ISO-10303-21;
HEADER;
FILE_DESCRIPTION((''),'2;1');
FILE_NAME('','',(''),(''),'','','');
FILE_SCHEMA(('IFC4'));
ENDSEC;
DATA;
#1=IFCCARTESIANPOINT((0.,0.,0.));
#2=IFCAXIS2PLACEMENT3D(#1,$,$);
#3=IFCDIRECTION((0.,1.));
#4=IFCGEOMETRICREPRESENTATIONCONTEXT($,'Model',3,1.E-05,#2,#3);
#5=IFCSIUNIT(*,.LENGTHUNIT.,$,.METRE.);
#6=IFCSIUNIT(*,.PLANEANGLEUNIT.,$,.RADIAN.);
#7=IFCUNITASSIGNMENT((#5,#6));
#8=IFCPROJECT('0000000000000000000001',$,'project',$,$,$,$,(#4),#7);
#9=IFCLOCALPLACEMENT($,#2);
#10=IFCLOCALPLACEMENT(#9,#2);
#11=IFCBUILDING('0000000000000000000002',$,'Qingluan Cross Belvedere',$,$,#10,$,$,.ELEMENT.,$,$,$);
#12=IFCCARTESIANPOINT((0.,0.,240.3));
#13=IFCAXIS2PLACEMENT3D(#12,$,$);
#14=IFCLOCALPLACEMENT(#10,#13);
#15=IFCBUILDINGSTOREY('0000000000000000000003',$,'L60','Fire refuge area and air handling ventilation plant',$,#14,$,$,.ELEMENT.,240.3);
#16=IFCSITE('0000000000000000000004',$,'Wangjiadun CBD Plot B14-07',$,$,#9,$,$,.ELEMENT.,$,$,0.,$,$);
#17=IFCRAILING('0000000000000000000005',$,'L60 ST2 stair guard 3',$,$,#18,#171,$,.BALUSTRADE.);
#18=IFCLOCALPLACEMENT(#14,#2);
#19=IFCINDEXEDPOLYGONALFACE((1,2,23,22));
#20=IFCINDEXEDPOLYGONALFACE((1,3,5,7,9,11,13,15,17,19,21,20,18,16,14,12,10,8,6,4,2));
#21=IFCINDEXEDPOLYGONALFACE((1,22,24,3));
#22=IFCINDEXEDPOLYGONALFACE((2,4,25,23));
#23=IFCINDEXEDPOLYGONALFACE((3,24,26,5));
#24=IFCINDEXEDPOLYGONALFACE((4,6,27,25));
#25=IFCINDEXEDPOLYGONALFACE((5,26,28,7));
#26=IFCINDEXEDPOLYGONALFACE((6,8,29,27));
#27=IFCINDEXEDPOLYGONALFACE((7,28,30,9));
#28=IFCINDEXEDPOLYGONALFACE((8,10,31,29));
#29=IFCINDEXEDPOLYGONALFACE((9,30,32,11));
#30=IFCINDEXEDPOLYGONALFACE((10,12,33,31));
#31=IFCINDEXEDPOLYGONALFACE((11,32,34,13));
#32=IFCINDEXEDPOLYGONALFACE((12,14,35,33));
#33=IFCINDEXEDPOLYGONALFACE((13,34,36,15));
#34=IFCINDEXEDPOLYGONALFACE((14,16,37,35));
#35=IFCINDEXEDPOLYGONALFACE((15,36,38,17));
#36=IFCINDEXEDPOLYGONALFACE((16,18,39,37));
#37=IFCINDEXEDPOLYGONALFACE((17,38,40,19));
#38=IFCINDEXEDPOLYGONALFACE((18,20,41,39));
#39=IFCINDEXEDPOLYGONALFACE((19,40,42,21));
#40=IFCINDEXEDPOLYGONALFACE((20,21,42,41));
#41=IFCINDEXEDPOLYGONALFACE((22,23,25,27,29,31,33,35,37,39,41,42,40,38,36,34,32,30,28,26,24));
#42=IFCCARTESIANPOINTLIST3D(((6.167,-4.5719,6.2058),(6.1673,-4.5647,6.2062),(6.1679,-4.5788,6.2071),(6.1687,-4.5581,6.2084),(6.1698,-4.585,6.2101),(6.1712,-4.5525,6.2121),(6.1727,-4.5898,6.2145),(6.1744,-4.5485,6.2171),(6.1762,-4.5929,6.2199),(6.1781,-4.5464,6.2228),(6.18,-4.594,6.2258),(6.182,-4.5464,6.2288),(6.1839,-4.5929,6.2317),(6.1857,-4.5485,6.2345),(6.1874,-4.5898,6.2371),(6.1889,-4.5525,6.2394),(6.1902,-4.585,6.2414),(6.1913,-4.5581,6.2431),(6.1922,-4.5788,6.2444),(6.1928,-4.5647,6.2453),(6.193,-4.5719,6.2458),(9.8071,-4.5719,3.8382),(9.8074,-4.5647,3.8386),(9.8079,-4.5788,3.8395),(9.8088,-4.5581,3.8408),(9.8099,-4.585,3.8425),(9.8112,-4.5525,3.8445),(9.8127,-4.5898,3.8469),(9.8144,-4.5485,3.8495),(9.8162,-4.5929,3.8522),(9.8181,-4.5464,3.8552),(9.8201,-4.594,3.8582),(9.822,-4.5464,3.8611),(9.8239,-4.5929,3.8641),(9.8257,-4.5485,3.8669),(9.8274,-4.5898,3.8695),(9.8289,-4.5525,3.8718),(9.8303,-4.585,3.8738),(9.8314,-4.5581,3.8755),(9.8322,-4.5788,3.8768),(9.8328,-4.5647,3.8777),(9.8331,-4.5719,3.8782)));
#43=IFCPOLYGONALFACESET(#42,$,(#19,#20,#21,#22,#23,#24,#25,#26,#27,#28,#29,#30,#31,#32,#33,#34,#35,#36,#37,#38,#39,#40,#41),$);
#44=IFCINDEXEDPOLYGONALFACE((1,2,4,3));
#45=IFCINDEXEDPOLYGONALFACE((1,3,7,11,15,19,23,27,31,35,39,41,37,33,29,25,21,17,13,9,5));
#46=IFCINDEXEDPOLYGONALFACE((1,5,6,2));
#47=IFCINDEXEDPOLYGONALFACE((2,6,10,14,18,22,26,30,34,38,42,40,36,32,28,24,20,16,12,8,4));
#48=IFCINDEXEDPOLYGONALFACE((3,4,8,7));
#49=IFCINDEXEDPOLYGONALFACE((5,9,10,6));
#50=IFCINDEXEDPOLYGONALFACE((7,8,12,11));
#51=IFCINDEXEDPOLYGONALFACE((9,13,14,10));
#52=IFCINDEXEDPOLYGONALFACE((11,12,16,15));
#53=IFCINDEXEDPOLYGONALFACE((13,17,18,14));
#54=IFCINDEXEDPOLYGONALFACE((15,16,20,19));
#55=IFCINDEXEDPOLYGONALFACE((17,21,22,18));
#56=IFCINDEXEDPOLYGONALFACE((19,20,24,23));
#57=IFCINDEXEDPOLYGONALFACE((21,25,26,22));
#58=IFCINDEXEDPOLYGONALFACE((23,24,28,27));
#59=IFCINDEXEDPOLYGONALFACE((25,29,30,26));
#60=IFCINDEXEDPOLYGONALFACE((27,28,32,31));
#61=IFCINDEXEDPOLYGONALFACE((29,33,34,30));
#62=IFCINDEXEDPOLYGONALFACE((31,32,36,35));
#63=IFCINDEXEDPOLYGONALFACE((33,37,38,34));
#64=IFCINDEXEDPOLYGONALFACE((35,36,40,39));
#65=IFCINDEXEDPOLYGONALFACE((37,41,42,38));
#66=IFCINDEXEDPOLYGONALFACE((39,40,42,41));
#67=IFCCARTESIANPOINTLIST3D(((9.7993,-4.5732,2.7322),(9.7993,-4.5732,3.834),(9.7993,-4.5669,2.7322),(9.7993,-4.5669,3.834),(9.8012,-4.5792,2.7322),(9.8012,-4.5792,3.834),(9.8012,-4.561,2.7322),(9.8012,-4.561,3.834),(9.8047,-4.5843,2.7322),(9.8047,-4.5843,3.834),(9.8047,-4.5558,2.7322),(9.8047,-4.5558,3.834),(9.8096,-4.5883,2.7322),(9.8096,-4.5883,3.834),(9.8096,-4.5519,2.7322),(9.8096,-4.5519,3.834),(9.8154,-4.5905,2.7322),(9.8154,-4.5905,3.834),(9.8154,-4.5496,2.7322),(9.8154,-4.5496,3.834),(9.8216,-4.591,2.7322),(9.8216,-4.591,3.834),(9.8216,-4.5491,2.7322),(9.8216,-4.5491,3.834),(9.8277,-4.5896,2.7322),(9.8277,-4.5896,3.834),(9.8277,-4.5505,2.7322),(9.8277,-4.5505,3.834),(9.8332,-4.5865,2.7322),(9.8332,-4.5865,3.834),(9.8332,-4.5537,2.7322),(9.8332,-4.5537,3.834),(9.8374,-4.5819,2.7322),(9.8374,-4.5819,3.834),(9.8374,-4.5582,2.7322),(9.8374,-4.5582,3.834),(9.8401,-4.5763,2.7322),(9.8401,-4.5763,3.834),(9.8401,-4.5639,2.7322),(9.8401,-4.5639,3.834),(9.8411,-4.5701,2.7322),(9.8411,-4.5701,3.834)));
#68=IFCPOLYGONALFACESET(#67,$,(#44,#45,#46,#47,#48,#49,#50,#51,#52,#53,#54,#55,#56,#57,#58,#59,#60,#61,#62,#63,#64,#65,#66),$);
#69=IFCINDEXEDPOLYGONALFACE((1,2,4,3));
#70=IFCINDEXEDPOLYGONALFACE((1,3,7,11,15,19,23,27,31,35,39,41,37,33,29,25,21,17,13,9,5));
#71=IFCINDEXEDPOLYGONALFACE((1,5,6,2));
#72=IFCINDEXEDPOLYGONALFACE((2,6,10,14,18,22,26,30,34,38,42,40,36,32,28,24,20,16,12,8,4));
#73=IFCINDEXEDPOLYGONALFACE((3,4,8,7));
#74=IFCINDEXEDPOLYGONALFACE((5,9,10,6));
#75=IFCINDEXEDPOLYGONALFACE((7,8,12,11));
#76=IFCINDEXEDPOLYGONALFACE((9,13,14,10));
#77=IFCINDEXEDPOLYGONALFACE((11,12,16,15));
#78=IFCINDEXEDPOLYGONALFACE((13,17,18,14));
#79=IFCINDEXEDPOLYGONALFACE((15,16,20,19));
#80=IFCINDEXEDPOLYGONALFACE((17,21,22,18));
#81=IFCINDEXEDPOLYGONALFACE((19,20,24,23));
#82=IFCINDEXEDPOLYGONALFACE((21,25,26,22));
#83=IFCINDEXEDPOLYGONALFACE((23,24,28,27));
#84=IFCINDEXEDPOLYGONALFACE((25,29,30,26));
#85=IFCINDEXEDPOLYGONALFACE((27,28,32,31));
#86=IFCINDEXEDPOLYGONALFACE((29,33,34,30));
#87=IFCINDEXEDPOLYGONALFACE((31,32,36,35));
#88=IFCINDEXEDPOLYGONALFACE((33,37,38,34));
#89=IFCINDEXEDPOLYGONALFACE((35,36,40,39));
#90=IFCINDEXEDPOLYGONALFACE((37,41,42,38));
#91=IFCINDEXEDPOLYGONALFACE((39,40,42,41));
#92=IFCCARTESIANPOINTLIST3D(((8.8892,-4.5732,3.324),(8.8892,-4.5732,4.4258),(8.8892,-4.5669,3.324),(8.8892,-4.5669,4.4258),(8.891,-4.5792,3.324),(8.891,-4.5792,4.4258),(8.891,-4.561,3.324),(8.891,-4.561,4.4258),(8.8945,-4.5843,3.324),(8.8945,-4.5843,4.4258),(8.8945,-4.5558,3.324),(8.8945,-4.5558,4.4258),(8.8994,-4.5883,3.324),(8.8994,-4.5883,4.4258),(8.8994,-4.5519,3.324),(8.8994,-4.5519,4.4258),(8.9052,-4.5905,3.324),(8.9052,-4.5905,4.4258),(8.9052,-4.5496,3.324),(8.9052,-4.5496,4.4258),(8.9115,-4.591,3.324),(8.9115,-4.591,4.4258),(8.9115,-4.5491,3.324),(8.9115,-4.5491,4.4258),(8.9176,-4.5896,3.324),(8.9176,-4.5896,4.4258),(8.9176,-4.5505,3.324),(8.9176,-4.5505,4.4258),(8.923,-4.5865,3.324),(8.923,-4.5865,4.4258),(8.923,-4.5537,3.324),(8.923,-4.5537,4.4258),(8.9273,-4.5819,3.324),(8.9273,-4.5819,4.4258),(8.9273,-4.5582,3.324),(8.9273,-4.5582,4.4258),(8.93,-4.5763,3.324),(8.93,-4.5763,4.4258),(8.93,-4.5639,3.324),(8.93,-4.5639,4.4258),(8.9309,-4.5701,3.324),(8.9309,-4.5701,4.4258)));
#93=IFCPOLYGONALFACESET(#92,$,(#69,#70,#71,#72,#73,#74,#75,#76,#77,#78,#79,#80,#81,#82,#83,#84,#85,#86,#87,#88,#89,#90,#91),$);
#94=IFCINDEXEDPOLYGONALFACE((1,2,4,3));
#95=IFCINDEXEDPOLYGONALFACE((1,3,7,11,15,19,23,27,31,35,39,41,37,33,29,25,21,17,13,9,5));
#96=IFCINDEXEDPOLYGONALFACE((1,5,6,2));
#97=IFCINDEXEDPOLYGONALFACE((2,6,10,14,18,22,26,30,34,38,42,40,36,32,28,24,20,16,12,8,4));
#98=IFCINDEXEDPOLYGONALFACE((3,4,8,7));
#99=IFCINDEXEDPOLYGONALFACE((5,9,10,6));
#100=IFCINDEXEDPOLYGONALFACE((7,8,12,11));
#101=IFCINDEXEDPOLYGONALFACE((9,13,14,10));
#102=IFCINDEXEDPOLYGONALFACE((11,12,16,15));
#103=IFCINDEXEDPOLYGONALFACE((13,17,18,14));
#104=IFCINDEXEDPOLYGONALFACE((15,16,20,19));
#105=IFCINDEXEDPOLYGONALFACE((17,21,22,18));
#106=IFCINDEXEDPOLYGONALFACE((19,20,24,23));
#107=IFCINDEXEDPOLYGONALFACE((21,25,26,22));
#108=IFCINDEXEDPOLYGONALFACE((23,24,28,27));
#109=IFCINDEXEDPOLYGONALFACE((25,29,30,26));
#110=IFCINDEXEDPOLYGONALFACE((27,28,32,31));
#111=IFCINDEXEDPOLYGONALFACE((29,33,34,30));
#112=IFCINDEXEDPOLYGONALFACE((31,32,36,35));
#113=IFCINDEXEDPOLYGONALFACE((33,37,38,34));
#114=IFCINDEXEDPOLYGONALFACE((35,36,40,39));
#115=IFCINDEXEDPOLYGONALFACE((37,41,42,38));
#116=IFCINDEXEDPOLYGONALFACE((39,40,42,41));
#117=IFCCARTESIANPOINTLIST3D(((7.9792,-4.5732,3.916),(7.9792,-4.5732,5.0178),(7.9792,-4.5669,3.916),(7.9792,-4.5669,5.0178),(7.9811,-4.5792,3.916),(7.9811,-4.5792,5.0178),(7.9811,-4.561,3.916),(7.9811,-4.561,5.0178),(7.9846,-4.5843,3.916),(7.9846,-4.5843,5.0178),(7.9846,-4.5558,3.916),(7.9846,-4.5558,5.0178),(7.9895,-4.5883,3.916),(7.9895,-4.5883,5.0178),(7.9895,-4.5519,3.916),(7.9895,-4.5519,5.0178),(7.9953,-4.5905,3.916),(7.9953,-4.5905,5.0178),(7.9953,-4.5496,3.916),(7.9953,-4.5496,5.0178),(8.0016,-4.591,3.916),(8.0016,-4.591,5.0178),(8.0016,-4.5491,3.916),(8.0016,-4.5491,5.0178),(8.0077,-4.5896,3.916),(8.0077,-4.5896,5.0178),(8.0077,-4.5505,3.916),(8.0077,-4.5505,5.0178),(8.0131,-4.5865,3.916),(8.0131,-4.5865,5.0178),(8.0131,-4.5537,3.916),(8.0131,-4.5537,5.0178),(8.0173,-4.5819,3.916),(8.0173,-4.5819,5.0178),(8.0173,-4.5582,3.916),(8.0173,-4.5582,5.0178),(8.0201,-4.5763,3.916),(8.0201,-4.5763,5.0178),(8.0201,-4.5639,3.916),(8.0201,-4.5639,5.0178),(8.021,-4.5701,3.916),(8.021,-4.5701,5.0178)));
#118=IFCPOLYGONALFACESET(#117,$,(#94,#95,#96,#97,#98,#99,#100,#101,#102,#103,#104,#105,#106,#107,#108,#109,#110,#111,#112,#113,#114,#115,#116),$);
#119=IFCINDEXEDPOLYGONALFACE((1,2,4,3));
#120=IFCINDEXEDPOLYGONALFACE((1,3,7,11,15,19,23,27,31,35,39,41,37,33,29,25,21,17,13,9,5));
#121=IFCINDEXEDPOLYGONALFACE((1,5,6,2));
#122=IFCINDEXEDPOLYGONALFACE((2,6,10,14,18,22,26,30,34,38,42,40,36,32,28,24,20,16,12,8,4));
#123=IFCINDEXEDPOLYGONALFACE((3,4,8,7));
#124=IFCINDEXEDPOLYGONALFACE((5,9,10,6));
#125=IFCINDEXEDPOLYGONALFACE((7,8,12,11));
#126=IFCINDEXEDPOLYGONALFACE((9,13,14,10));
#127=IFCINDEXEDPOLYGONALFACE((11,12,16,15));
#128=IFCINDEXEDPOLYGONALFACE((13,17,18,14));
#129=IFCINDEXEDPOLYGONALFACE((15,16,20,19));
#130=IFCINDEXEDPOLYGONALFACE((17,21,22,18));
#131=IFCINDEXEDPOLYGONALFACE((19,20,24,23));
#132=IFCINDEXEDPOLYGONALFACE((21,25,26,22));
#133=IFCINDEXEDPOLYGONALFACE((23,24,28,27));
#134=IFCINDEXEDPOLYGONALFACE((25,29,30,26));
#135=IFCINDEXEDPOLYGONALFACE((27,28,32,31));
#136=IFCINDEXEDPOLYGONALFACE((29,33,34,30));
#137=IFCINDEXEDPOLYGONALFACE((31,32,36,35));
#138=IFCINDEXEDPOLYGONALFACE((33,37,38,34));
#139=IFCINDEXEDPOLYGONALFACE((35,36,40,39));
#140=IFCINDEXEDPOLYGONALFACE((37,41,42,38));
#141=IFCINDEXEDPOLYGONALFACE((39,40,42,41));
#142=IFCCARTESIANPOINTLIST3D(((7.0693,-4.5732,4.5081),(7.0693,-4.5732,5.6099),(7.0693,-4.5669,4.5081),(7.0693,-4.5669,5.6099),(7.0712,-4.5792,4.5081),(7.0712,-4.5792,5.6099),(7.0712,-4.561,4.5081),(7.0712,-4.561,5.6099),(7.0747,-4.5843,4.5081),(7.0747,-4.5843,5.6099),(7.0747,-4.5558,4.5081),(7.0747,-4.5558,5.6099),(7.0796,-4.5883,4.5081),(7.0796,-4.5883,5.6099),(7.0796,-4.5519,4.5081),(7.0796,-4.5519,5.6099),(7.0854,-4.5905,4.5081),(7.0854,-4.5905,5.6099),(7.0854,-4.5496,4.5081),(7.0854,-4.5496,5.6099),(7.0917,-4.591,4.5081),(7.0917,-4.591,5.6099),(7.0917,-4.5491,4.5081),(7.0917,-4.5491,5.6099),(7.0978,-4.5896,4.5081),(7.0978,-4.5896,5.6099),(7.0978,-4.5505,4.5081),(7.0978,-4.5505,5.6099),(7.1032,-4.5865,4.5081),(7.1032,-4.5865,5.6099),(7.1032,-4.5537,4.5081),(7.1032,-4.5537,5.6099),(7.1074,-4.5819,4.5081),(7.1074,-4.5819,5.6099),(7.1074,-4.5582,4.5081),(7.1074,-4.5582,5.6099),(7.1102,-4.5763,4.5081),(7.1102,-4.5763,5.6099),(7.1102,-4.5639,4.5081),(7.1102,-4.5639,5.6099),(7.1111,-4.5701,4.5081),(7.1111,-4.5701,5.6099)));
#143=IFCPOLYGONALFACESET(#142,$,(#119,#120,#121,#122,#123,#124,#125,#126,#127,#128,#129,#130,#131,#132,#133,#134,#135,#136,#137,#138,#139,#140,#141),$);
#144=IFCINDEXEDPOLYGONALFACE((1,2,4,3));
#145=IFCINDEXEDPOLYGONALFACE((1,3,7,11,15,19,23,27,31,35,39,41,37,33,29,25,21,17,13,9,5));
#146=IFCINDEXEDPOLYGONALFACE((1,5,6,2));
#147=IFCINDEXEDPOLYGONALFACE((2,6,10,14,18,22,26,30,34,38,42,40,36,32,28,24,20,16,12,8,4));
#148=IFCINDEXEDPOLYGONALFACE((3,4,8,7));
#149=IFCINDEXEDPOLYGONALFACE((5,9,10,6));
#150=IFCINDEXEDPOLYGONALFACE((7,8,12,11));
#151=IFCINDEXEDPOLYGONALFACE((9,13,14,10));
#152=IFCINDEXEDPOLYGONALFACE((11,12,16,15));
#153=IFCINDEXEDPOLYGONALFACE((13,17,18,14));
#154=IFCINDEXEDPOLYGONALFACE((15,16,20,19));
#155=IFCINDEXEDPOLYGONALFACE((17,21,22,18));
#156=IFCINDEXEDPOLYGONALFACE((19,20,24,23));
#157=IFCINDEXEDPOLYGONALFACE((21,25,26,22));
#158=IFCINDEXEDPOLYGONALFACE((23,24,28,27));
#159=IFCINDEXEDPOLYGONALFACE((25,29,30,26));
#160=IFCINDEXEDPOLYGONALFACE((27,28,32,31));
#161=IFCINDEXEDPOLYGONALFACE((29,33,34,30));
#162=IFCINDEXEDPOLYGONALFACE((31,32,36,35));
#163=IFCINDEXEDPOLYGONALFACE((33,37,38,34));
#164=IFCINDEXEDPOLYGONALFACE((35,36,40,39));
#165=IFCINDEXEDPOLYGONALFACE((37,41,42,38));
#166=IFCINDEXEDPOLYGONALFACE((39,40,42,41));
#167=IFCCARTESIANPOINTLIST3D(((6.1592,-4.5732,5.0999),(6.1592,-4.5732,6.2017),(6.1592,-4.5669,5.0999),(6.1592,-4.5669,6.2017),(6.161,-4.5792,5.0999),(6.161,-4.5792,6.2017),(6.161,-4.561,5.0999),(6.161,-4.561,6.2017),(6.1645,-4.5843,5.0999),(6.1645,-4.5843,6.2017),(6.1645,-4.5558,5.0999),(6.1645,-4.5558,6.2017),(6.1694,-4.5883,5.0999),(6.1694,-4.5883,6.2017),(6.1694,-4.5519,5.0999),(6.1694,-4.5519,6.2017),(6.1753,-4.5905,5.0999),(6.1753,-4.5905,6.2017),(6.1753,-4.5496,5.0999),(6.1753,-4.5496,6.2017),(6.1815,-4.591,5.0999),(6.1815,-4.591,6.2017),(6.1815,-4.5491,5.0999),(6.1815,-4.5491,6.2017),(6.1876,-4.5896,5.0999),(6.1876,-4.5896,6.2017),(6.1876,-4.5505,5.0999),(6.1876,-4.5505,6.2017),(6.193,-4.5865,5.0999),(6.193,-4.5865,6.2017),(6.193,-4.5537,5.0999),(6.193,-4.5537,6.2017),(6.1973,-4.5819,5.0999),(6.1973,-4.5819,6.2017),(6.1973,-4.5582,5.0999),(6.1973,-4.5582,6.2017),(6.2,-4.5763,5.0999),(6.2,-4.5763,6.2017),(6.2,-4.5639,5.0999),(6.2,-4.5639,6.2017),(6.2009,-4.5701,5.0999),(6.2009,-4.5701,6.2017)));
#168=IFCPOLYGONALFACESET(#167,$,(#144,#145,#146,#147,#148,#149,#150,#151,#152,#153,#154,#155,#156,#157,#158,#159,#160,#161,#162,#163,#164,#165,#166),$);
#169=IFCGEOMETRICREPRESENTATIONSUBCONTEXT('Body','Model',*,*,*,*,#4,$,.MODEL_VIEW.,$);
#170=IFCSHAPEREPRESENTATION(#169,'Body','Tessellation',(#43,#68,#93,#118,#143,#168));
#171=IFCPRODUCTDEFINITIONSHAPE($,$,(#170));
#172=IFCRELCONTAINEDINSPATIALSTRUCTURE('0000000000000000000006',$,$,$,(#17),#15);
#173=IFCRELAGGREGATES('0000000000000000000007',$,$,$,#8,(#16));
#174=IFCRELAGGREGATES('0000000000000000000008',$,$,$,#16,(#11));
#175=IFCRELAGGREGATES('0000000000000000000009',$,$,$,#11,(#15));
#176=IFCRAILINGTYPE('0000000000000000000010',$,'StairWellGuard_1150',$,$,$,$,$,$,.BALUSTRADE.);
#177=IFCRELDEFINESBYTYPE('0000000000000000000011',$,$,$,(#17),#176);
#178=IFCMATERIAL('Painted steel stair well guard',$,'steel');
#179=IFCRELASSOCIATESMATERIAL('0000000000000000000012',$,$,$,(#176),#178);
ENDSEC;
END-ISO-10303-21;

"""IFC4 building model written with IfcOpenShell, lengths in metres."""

from ifc_helpers import new_model, si_unit, direction, frame, origin, origin_2d, place, context, subcontext, project, spatial, circle, extrude, material, type_object, element, save


model = new_model("IFC4")

# Units and contexts
model_context = context("Model", 3, precision=1e-05, world=origin(), true_north=direction((0.0, 1.0)))
body_context = subcontext(model_context, "Body", "Model", "MODEL_VIEW")
ifc_project = project(units=[si_unit("LENGTHUNIT", "METRE"), si_unit("PLANEANGLEUNIT", "RADIAN")], contexts=[model_context])

# Site, building, storey
site_placement = place(None, origin())
site = spatial("IfcSite", under=ifc_project, at=site_placement, Name="Wangjiadun CBD Plot B14-07", CompositionType="ELEMENT", RefElevation=0.0)
building_placement = place(site_placement, origin())
building = spatial("IfcBuilding", under=site, at=building_placement, Name="Qingluan Cross Belvedere", CompositionType="ELEMENT")
storey_placement = place(building_placement, frame((0.0, 0.0, 240.3)))
storey = spatial("IfcBuildingStorey", under=building, at=storey_placement, Name="L60", Description="Fire refuge area and air handling ventilation plant", CompositionType="ELEMENT", Elevation=240.3)

# Railing
ifc_material_1 = material(Name="Painted steel stair well guard", Category="steel")
railing_type_1 = type_object("IfcRailingType", Name="StairWellGuard_1150", PredefinedType="BALUSTRADE", material=ifc_material_1)
railing_1_placement = place(storey_placement, frame((9.8201, -4.5701, 2.7322)))
element("IfcRailing", 1, at=railing_1_placement, inside=storey, type_object=railing_type_1, Name="L60 ST2 stair guard 3", PredefinedType="BALUSTRADE", context=body_context, shape_type="SweptSolid", body=[
    extrude(circle(Radius=0.0239, at=origin_2d()), frame((0.0, 0.0, 1.126), z_axis=(-0.838277, 0.0, 0.545245), x_axis=(0.0, -1.0, 0.0)), (0.0, 0.0, 1.0), 4.3423),
    extrude(circle(Radius=0.021, at=origin_2d()), origin(), (0.0, 0.0, 1.0), 1.1018),
    extrude(circle(Radius=0.021, at=origin_2d()), frame((-0.9102, 0.0, 0.5918)), (0.0, 0.0, 1.0), 1.1018),
    extrude(circle(Radius=0.021, at=origin_2d()), frame((-1.8201, 0.0, 1.1838)), (0.0, 0.0, 1.0), 1.1018),
    extrude(circle(Radius=0.021, at=origin_2d()), frame((-2.73, 0.0, 1.7759)), (0.0, 0.0, 1.0), 1.1018),
    extrude(circle(Radius=0.021, at=origin_2d()), frame((-3.6401, 0.0, 2.3677)), (0.0, 0.0, 1.0), 1.1018),
])

save(model, "model.ifc")
